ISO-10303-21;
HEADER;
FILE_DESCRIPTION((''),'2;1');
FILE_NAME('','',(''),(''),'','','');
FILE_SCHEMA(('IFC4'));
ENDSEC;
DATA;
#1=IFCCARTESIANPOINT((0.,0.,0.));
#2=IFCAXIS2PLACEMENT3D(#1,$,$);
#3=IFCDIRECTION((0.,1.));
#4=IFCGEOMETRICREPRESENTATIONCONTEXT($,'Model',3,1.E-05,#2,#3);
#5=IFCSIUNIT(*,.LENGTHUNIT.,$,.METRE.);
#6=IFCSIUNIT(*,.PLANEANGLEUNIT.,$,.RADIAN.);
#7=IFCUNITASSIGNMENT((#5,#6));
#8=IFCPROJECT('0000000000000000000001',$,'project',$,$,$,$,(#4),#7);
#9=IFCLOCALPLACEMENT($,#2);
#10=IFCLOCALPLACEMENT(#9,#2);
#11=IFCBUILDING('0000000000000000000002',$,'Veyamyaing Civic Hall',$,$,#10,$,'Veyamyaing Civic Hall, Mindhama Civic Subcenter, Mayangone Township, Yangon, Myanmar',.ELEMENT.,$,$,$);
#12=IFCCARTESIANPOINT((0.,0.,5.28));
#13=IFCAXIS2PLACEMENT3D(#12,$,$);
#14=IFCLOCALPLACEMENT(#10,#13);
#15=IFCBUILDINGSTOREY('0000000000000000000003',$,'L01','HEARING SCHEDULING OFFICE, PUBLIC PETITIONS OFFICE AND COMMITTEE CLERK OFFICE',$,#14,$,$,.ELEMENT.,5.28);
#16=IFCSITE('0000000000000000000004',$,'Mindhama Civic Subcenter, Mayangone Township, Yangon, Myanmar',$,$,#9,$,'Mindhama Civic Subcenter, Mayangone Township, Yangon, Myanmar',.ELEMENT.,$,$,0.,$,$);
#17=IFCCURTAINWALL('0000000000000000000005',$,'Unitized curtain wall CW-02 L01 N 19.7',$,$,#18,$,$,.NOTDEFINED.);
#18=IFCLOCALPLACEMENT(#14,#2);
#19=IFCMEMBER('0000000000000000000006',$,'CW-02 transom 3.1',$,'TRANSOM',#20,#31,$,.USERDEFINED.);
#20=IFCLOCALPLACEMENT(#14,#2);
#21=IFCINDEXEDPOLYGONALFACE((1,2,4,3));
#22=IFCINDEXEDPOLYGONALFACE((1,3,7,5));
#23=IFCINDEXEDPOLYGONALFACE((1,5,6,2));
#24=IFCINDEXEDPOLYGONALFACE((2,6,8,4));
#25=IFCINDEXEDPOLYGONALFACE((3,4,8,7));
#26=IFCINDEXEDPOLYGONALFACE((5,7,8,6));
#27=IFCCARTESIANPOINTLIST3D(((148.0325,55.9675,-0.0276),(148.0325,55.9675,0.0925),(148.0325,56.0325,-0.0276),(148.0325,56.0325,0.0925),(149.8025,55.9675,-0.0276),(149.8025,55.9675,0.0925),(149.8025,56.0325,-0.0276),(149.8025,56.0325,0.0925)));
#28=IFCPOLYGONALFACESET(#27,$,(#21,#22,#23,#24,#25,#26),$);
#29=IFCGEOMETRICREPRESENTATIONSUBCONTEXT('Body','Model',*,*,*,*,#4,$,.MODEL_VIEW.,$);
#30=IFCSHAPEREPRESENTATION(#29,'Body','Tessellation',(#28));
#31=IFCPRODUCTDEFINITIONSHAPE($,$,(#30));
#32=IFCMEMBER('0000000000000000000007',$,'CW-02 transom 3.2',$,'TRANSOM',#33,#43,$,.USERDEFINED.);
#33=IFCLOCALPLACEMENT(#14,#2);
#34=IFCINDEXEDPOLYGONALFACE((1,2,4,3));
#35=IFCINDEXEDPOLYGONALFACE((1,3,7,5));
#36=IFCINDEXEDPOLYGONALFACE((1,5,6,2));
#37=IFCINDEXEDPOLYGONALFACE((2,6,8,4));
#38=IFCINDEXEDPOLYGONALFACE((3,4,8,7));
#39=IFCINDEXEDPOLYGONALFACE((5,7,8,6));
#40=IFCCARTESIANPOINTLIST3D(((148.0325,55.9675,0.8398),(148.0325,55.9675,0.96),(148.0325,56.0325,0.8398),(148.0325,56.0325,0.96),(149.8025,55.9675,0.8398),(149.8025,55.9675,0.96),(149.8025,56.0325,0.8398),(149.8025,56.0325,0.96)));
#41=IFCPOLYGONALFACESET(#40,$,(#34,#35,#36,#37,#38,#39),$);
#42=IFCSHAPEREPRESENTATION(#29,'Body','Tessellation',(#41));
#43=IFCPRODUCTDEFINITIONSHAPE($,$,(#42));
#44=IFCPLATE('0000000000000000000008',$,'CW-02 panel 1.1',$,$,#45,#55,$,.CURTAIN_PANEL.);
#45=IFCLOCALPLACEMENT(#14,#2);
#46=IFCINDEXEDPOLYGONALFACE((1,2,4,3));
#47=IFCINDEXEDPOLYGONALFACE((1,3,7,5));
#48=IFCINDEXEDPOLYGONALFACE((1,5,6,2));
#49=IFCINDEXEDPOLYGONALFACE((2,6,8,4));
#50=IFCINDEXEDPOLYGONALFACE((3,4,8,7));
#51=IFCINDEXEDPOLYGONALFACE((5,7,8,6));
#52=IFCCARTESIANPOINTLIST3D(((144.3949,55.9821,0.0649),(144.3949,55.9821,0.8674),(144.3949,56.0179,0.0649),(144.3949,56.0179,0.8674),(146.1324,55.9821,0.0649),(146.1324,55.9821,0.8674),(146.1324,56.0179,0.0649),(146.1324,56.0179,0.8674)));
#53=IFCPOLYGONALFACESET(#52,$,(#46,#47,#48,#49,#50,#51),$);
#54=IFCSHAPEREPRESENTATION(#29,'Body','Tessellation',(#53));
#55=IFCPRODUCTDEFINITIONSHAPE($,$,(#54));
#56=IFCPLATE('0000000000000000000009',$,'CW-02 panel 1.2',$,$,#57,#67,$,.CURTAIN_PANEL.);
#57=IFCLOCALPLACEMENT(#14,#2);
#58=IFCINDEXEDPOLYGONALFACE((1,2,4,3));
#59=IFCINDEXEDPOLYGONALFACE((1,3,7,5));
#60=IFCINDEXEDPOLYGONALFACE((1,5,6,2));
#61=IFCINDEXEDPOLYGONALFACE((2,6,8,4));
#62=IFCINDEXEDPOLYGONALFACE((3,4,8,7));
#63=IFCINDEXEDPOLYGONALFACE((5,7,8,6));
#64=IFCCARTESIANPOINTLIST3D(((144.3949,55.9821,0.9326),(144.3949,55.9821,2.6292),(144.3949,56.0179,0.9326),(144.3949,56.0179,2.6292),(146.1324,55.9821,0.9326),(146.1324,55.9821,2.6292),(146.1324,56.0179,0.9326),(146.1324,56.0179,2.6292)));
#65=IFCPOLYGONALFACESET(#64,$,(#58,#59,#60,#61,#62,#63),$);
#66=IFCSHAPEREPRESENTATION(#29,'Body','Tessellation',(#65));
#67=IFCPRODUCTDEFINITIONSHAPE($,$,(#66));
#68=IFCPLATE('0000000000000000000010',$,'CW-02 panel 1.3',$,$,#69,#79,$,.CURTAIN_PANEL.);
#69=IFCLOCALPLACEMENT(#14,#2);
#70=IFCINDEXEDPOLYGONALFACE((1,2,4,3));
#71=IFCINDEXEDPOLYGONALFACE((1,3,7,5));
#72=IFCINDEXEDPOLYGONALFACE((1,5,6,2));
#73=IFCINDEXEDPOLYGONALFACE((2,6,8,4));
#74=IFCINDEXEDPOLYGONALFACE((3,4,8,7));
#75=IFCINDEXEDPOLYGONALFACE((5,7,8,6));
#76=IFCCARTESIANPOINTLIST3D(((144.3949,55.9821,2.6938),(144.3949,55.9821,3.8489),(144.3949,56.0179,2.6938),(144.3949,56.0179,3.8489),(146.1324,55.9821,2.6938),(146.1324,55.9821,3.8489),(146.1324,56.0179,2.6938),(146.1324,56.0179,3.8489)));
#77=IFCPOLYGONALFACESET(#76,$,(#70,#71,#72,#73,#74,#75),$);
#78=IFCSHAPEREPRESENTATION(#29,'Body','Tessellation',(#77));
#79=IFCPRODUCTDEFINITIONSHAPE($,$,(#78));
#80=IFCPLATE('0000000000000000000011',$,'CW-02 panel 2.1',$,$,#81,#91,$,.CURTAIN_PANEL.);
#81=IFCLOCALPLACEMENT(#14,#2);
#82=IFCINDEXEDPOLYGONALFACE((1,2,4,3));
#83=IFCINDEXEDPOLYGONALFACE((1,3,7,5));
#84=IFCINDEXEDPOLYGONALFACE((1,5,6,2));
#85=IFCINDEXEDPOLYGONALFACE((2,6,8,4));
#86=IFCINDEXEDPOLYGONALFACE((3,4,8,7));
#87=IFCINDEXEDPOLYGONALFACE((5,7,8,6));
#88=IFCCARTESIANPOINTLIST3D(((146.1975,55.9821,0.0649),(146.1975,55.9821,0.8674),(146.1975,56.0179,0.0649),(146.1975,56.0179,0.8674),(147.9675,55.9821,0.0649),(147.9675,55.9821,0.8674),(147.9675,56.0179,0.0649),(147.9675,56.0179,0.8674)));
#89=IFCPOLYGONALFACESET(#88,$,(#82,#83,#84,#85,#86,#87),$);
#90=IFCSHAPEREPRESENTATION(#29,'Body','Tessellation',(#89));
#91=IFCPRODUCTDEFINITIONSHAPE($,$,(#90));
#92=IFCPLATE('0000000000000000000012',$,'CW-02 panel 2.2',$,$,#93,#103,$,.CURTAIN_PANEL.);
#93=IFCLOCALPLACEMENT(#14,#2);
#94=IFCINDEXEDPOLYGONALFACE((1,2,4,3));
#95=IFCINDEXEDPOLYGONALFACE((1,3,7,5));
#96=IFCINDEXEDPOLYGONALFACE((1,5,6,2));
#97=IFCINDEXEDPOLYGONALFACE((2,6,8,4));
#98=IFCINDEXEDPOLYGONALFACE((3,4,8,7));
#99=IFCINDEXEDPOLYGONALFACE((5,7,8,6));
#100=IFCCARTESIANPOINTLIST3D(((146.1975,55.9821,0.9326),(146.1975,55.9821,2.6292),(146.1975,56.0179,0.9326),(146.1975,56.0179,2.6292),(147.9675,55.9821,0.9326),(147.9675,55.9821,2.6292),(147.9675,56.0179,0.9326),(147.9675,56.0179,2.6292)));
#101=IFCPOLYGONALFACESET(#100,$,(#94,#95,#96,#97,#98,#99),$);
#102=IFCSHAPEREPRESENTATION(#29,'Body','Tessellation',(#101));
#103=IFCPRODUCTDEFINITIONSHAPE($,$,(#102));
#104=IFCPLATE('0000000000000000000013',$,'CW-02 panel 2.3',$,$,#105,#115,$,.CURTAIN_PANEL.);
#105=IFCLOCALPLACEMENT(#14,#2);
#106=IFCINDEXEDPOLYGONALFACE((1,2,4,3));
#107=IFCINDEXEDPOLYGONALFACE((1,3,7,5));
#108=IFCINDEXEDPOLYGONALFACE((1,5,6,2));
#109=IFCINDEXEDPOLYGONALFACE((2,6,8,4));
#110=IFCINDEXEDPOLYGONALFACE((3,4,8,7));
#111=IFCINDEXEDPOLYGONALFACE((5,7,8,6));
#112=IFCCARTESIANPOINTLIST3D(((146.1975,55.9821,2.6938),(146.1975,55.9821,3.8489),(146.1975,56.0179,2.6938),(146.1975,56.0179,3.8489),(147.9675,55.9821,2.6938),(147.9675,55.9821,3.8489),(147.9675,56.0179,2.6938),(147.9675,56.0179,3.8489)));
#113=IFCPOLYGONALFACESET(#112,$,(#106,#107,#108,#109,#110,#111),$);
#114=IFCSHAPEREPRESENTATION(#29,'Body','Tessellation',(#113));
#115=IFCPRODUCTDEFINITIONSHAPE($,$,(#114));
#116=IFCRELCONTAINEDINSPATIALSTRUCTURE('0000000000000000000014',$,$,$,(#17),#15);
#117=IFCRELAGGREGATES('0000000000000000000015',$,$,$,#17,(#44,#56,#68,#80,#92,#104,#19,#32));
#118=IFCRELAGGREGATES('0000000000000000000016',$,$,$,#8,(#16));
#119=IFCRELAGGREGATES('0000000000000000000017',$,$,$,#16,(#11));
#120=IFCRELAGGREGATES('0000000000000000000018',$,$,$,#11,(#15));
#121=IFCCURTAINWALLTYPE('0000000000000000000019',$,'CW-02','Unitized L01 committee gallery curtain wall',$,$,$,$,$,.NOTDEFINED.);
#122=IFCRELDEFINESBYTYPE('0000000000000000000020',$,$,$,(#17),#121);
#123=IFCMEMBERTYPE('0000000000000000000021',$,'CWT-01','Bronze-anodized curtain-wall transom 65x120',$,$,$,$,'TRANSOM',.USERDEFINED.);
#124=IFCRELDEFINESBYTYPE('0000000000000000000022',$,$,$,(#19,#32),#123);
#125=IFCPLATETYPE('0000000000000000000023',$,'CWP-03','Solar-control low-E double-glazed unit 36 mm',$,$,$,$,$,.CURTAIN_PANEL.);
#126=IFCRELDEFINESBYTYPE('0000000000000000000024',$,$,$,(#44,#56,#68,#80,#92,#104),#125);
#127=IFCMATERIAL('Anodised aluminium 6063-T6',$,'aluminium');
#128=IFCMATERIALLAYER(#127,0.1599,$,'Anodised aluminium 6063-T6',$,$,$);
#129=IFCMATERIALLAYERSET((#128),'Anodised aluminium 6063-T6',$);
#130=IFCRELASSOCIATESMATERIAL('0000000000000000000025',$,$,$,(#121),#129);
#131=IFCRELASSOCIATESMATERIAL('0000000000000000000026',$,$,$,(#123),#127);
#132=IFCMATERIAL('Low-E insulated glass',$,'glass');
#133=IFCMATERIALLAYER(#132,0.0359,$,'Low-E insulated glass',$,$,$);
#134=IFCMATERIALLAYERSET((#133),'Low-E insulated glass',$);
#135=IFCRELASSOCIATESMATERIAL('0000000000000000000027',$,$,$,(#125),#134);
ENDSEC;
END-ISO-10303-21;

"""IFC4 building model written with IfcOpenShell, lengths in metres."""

from ifc_helpers import new_model, si_unit, direction, frame, origin, origin_2d, place, context, subcontext, project, spatial, rectangle, extrude, material, layer, layer_set, material_profile, profile_set, type_object, element, aggregate, save


model = new_model("IFC4")

# Units and contexts
model_context = context("Model", 3, precision=1e-05, world=origin(), true_north=direction((0.0, 1.0)))
body_context = subcontext(model_context, "Body", "Model", "MODEL_VIEW")
ifc_project = project(units=[si_unit("LENGTHUNIT", "METRE"), si_unit("PLANEANGLEUNIT", "RADIAN")], contexts=[model_context])

# Site, building, storey
site_placement = place(None, origin())
site = spatial("IfcSite", under=ifc_project, at=site_placement, Name="Mindhama Civic Subcenter, Mayangone Township, Yangon, Myanmar", LongName="Mindhama Civic Subcenter, Mayangone Township, Yangon, Myanmar", CompositionType="ELEMENT", RefElevation=0.0)
building_placement = place(site_placement, origin())
building = spatial("IfcBuilding", under=site, at=building_placement, Name="Veyamyaing Civic Hall", LongName="Veyamyaing Civic Hall, Mindhama Civic Subcenter, Mayangone Township, Yangon, Myanmar", CompositionType="ELEMENT")
storey_placement = place(building_placement, frame((0.0, 0.0, 5.28)))
storey = spatial("IfcBuildingStorey", under=building, at=storey_placement, Name="L01", Description="HEARING SCHEDULING OFFICE, PUBLIC PETITIONS OFFICE AND COMMITTEE CLERK OFFICE", CompositionType="ELEMENT", Elevation=5.28)

# Curtain wall, members, plates
ifc_material_1 = material(Name="Anodised aluminium 6063-T6", Category="aluminium")
ifc_layer_1 = layer(ifc_material_1, 0.1599, Name="Anodised aluminium 6063-T6")
ifc_layer_set_1 = layer_set([ifc_layer_1], Name="Anodised aluminium 6063-T6")
curtain_wall_type = type_object("IfcCurtainWallType", Name="CW-02", Description="Unitized L01 committee gallery curtain wall", PredefinedType="NOTDEFINED", material=ifc_layer_set_1)
curtain_wall_placement = place(storey_placement, origin())
curtain_wall = element("IfcCurtainWall", 1, at=curtain_wall_placement, inside=storey, type_object=curtain_wall_type, Name="Unitized curtain wall CW-02 L01 N 19.7", PredefinedType="NOTDEFINED")
ifc_material_profile_1 = material_profile(ifc_material_1, rectangle(XDim=0.0649, YDim=0.1201, at=origin_2d()), Name="ALU-TRN-65X120")
ifc_profile_set_1 = profile_set([ifc_material_profile_1], Name="Anodised aluminium 6063-T6")
member_type_1 = type_object("IfcMemberType", Name="CWT-01", Description="Bronze-anodized curtain-wall transom 65x120", ElementType="TRANSOM", PredefinedType="USERDEFINED", material=ifc_profile_set_1)
member_1_placement = place(storey_placement, frame((148.0325, 56.0, 0.0325), z_axis=(1.0, 0.0, 0.0), x_axis=(0.0, 1.0, 0.0)))
member_1 = element("IfcMember", 2, at=member_1_placement, type_object=member_type_1, Name="CW-02 transom 3.1", ObjectType="TRANSOM", PredefinedType="USERDEFINED", context=body_context, shape_type="SweptSolid", body=[
    extrude(rectangle(XDim=0.0649, YDim=0.1201, at=origin_2d()), origin(), (0.0, 0.0, 1.0), 1.77),
])
member_2_placement = place(storey_placement, frame((148.0325, 56.0, 0.8999), z_axis=(1.0, 0.0, 0.0), x_axis=(0.0, 1.0, 0.0)))
member_2 = element("IfcMember", 3, at=member_2_placement, type_object=member_type_1, Name="CW-02 transom 3.2", ObjectType="TRANSOM", PredefinedType="USERDEFINED", context=body_context, shape_type="SweptSolid", body=[
    extrude(rectangle(XDim=0.0649, YDim=0.1201, at=origin_2d()), origin(), (0.0, 0.0, 1.0), 1.77),
])
ifc_material_2 = material(Name="Low-E insulated glass", Category="glass")
ifc_layer_2 = layer(ifc_material_2, 0.0359, Name="Low-E insulated glass")
ifc_layer_set_2 = layer_set([ifc_layer_2], Name="Low-E insulated glass")
plate_type = type_object("IfcPlateType", Name="CWP-03", Description="Solar-control low-E double-glazed unit 36 mm", PredefinedType="CURTAIN_PANEL", material=ifc_layer_set_2)
plate_1_placement = place(storey_placement, frame((145.2637, 56.0, 0.0649), z_axis=(0.0, 0.0, 1.0), x_axis=(1.0, 0.0, 0.0)))
plate_1 = element("IfcPlate", 4, at=plate_1_placement, type_object=plate_type, Name="CW-02 panel 1.1", PredefinedType="CURTAIN_PANEL", context=body_context, shape_type="SweptSolid", body=[
    extrude(rectangle(XDim=1.7375, YDim=0.0359, at=origin_2d()), origin(), (0.0, 0.0, 1.0), 0.8025),
])
plate_2_placement = place(storey_placement, frame((145.2637, 56.0, 0.9326), z_axis=(0.0, 0.0, 1.0), x_axis=(1.0, 0.0, 0.0)))
plate_2 = element("IfcPlate", 5, at=plate_2_placement, type_object=plate_type, Name="CW-02 panel 1.2", PredefinedType="CURTAIN_PANEL", context=body_context, shape_type="SweptSolid", body=[
    extrude(rectangle(XDim=1.7375, YDim=0.0359, at=origin_2d()), origin(), (0.0, 0.0, 1.0), 1.6965),
])
plate_3_placement = place(storey_placement, frame((145.2637, 56.0, 2.6938), z_axis=(0.0, 0.0, 1.0), x_axis=(1.0, 0.0, 0.0)))
plate_3 = element("IfcPlate", 6, at=plate_3_placement, type_object=plate_type, Name="CW-02 panel 1.3", PredefinedType="CURTAIN_PANEL", context=body_context, shape_type="SweptSolid", body=[
    extrude(rectangle(XDim=1.7375, YDim=0.0359, at=origin_2d()), origin(), (0.0, 0.0, 1.0), 1.155),
])
plate_4_placement = place(storey_placement, frame((147.0825, 56.0, 0.0649), z_axis=(0.0, 0.0, 1.0), x_axis=(1.0, 0.0, 0.0)))
plate_4 = element("IfcPlate", 7, at=plate_4_placement, type_object=plate_type, Name="CW-02 panel 2.1", PredefinedType="CURTAIN_PANEL", context=body_context, shape_type="SweptSolid", body=[
    extrude(rectangle(XDim=1.77, YDim=0.0359, at=origin_2d()), origin(), (0.0, 0.0, 1.0), 0.8025),
])
plate_5_placement = place(storey_placement, frame((147.0825, 56.0, 0.9326), z_axis=(0.0, 0.0, 1.0), x_axis=(1.0, 0.0, 0.0)))
plate_5 = element("IfcPlate", 8, at=plate_5_placement, type_object=plate_type, Name="CW-02 panel 2.2", PredefinedType="CURTAIN_PANEL", context=body_context, shape_type="SweptSolid", body=[
    extrude(rectangle(XDim=1.77, YDim=0.0359, at=origin_2d()), origin(), (0.0, 0.0, 1.0), 1.6965),
])
plate_6_placement = place(storey_placement, frame((147.0825, 56.0, 2.6938), z_axis=(0.0, 0.0, 1.0), x_axis=(1.0, 0.0, 0.0)))
plate_6 = element("IfcPlate", 9, at=plate_6_placement, type_object=plate_type, Name="CW-02 panel 2.3", PredefinedType="CURTAIN_PANEL", context=body_context, shape_type="SweptSolid", body=[
    extrude(rectangle(XDim=1.77, YDim=0.0359, at=origin_2d()), origin(), (0.0, 0.0, 1.0), 1.155),
])
aggregate(curtain_wall, [plate_1, plate_2, plate_3, plate_4, plate_5, plate_6, member_1, member_2])

save(model, "model.ifc")
